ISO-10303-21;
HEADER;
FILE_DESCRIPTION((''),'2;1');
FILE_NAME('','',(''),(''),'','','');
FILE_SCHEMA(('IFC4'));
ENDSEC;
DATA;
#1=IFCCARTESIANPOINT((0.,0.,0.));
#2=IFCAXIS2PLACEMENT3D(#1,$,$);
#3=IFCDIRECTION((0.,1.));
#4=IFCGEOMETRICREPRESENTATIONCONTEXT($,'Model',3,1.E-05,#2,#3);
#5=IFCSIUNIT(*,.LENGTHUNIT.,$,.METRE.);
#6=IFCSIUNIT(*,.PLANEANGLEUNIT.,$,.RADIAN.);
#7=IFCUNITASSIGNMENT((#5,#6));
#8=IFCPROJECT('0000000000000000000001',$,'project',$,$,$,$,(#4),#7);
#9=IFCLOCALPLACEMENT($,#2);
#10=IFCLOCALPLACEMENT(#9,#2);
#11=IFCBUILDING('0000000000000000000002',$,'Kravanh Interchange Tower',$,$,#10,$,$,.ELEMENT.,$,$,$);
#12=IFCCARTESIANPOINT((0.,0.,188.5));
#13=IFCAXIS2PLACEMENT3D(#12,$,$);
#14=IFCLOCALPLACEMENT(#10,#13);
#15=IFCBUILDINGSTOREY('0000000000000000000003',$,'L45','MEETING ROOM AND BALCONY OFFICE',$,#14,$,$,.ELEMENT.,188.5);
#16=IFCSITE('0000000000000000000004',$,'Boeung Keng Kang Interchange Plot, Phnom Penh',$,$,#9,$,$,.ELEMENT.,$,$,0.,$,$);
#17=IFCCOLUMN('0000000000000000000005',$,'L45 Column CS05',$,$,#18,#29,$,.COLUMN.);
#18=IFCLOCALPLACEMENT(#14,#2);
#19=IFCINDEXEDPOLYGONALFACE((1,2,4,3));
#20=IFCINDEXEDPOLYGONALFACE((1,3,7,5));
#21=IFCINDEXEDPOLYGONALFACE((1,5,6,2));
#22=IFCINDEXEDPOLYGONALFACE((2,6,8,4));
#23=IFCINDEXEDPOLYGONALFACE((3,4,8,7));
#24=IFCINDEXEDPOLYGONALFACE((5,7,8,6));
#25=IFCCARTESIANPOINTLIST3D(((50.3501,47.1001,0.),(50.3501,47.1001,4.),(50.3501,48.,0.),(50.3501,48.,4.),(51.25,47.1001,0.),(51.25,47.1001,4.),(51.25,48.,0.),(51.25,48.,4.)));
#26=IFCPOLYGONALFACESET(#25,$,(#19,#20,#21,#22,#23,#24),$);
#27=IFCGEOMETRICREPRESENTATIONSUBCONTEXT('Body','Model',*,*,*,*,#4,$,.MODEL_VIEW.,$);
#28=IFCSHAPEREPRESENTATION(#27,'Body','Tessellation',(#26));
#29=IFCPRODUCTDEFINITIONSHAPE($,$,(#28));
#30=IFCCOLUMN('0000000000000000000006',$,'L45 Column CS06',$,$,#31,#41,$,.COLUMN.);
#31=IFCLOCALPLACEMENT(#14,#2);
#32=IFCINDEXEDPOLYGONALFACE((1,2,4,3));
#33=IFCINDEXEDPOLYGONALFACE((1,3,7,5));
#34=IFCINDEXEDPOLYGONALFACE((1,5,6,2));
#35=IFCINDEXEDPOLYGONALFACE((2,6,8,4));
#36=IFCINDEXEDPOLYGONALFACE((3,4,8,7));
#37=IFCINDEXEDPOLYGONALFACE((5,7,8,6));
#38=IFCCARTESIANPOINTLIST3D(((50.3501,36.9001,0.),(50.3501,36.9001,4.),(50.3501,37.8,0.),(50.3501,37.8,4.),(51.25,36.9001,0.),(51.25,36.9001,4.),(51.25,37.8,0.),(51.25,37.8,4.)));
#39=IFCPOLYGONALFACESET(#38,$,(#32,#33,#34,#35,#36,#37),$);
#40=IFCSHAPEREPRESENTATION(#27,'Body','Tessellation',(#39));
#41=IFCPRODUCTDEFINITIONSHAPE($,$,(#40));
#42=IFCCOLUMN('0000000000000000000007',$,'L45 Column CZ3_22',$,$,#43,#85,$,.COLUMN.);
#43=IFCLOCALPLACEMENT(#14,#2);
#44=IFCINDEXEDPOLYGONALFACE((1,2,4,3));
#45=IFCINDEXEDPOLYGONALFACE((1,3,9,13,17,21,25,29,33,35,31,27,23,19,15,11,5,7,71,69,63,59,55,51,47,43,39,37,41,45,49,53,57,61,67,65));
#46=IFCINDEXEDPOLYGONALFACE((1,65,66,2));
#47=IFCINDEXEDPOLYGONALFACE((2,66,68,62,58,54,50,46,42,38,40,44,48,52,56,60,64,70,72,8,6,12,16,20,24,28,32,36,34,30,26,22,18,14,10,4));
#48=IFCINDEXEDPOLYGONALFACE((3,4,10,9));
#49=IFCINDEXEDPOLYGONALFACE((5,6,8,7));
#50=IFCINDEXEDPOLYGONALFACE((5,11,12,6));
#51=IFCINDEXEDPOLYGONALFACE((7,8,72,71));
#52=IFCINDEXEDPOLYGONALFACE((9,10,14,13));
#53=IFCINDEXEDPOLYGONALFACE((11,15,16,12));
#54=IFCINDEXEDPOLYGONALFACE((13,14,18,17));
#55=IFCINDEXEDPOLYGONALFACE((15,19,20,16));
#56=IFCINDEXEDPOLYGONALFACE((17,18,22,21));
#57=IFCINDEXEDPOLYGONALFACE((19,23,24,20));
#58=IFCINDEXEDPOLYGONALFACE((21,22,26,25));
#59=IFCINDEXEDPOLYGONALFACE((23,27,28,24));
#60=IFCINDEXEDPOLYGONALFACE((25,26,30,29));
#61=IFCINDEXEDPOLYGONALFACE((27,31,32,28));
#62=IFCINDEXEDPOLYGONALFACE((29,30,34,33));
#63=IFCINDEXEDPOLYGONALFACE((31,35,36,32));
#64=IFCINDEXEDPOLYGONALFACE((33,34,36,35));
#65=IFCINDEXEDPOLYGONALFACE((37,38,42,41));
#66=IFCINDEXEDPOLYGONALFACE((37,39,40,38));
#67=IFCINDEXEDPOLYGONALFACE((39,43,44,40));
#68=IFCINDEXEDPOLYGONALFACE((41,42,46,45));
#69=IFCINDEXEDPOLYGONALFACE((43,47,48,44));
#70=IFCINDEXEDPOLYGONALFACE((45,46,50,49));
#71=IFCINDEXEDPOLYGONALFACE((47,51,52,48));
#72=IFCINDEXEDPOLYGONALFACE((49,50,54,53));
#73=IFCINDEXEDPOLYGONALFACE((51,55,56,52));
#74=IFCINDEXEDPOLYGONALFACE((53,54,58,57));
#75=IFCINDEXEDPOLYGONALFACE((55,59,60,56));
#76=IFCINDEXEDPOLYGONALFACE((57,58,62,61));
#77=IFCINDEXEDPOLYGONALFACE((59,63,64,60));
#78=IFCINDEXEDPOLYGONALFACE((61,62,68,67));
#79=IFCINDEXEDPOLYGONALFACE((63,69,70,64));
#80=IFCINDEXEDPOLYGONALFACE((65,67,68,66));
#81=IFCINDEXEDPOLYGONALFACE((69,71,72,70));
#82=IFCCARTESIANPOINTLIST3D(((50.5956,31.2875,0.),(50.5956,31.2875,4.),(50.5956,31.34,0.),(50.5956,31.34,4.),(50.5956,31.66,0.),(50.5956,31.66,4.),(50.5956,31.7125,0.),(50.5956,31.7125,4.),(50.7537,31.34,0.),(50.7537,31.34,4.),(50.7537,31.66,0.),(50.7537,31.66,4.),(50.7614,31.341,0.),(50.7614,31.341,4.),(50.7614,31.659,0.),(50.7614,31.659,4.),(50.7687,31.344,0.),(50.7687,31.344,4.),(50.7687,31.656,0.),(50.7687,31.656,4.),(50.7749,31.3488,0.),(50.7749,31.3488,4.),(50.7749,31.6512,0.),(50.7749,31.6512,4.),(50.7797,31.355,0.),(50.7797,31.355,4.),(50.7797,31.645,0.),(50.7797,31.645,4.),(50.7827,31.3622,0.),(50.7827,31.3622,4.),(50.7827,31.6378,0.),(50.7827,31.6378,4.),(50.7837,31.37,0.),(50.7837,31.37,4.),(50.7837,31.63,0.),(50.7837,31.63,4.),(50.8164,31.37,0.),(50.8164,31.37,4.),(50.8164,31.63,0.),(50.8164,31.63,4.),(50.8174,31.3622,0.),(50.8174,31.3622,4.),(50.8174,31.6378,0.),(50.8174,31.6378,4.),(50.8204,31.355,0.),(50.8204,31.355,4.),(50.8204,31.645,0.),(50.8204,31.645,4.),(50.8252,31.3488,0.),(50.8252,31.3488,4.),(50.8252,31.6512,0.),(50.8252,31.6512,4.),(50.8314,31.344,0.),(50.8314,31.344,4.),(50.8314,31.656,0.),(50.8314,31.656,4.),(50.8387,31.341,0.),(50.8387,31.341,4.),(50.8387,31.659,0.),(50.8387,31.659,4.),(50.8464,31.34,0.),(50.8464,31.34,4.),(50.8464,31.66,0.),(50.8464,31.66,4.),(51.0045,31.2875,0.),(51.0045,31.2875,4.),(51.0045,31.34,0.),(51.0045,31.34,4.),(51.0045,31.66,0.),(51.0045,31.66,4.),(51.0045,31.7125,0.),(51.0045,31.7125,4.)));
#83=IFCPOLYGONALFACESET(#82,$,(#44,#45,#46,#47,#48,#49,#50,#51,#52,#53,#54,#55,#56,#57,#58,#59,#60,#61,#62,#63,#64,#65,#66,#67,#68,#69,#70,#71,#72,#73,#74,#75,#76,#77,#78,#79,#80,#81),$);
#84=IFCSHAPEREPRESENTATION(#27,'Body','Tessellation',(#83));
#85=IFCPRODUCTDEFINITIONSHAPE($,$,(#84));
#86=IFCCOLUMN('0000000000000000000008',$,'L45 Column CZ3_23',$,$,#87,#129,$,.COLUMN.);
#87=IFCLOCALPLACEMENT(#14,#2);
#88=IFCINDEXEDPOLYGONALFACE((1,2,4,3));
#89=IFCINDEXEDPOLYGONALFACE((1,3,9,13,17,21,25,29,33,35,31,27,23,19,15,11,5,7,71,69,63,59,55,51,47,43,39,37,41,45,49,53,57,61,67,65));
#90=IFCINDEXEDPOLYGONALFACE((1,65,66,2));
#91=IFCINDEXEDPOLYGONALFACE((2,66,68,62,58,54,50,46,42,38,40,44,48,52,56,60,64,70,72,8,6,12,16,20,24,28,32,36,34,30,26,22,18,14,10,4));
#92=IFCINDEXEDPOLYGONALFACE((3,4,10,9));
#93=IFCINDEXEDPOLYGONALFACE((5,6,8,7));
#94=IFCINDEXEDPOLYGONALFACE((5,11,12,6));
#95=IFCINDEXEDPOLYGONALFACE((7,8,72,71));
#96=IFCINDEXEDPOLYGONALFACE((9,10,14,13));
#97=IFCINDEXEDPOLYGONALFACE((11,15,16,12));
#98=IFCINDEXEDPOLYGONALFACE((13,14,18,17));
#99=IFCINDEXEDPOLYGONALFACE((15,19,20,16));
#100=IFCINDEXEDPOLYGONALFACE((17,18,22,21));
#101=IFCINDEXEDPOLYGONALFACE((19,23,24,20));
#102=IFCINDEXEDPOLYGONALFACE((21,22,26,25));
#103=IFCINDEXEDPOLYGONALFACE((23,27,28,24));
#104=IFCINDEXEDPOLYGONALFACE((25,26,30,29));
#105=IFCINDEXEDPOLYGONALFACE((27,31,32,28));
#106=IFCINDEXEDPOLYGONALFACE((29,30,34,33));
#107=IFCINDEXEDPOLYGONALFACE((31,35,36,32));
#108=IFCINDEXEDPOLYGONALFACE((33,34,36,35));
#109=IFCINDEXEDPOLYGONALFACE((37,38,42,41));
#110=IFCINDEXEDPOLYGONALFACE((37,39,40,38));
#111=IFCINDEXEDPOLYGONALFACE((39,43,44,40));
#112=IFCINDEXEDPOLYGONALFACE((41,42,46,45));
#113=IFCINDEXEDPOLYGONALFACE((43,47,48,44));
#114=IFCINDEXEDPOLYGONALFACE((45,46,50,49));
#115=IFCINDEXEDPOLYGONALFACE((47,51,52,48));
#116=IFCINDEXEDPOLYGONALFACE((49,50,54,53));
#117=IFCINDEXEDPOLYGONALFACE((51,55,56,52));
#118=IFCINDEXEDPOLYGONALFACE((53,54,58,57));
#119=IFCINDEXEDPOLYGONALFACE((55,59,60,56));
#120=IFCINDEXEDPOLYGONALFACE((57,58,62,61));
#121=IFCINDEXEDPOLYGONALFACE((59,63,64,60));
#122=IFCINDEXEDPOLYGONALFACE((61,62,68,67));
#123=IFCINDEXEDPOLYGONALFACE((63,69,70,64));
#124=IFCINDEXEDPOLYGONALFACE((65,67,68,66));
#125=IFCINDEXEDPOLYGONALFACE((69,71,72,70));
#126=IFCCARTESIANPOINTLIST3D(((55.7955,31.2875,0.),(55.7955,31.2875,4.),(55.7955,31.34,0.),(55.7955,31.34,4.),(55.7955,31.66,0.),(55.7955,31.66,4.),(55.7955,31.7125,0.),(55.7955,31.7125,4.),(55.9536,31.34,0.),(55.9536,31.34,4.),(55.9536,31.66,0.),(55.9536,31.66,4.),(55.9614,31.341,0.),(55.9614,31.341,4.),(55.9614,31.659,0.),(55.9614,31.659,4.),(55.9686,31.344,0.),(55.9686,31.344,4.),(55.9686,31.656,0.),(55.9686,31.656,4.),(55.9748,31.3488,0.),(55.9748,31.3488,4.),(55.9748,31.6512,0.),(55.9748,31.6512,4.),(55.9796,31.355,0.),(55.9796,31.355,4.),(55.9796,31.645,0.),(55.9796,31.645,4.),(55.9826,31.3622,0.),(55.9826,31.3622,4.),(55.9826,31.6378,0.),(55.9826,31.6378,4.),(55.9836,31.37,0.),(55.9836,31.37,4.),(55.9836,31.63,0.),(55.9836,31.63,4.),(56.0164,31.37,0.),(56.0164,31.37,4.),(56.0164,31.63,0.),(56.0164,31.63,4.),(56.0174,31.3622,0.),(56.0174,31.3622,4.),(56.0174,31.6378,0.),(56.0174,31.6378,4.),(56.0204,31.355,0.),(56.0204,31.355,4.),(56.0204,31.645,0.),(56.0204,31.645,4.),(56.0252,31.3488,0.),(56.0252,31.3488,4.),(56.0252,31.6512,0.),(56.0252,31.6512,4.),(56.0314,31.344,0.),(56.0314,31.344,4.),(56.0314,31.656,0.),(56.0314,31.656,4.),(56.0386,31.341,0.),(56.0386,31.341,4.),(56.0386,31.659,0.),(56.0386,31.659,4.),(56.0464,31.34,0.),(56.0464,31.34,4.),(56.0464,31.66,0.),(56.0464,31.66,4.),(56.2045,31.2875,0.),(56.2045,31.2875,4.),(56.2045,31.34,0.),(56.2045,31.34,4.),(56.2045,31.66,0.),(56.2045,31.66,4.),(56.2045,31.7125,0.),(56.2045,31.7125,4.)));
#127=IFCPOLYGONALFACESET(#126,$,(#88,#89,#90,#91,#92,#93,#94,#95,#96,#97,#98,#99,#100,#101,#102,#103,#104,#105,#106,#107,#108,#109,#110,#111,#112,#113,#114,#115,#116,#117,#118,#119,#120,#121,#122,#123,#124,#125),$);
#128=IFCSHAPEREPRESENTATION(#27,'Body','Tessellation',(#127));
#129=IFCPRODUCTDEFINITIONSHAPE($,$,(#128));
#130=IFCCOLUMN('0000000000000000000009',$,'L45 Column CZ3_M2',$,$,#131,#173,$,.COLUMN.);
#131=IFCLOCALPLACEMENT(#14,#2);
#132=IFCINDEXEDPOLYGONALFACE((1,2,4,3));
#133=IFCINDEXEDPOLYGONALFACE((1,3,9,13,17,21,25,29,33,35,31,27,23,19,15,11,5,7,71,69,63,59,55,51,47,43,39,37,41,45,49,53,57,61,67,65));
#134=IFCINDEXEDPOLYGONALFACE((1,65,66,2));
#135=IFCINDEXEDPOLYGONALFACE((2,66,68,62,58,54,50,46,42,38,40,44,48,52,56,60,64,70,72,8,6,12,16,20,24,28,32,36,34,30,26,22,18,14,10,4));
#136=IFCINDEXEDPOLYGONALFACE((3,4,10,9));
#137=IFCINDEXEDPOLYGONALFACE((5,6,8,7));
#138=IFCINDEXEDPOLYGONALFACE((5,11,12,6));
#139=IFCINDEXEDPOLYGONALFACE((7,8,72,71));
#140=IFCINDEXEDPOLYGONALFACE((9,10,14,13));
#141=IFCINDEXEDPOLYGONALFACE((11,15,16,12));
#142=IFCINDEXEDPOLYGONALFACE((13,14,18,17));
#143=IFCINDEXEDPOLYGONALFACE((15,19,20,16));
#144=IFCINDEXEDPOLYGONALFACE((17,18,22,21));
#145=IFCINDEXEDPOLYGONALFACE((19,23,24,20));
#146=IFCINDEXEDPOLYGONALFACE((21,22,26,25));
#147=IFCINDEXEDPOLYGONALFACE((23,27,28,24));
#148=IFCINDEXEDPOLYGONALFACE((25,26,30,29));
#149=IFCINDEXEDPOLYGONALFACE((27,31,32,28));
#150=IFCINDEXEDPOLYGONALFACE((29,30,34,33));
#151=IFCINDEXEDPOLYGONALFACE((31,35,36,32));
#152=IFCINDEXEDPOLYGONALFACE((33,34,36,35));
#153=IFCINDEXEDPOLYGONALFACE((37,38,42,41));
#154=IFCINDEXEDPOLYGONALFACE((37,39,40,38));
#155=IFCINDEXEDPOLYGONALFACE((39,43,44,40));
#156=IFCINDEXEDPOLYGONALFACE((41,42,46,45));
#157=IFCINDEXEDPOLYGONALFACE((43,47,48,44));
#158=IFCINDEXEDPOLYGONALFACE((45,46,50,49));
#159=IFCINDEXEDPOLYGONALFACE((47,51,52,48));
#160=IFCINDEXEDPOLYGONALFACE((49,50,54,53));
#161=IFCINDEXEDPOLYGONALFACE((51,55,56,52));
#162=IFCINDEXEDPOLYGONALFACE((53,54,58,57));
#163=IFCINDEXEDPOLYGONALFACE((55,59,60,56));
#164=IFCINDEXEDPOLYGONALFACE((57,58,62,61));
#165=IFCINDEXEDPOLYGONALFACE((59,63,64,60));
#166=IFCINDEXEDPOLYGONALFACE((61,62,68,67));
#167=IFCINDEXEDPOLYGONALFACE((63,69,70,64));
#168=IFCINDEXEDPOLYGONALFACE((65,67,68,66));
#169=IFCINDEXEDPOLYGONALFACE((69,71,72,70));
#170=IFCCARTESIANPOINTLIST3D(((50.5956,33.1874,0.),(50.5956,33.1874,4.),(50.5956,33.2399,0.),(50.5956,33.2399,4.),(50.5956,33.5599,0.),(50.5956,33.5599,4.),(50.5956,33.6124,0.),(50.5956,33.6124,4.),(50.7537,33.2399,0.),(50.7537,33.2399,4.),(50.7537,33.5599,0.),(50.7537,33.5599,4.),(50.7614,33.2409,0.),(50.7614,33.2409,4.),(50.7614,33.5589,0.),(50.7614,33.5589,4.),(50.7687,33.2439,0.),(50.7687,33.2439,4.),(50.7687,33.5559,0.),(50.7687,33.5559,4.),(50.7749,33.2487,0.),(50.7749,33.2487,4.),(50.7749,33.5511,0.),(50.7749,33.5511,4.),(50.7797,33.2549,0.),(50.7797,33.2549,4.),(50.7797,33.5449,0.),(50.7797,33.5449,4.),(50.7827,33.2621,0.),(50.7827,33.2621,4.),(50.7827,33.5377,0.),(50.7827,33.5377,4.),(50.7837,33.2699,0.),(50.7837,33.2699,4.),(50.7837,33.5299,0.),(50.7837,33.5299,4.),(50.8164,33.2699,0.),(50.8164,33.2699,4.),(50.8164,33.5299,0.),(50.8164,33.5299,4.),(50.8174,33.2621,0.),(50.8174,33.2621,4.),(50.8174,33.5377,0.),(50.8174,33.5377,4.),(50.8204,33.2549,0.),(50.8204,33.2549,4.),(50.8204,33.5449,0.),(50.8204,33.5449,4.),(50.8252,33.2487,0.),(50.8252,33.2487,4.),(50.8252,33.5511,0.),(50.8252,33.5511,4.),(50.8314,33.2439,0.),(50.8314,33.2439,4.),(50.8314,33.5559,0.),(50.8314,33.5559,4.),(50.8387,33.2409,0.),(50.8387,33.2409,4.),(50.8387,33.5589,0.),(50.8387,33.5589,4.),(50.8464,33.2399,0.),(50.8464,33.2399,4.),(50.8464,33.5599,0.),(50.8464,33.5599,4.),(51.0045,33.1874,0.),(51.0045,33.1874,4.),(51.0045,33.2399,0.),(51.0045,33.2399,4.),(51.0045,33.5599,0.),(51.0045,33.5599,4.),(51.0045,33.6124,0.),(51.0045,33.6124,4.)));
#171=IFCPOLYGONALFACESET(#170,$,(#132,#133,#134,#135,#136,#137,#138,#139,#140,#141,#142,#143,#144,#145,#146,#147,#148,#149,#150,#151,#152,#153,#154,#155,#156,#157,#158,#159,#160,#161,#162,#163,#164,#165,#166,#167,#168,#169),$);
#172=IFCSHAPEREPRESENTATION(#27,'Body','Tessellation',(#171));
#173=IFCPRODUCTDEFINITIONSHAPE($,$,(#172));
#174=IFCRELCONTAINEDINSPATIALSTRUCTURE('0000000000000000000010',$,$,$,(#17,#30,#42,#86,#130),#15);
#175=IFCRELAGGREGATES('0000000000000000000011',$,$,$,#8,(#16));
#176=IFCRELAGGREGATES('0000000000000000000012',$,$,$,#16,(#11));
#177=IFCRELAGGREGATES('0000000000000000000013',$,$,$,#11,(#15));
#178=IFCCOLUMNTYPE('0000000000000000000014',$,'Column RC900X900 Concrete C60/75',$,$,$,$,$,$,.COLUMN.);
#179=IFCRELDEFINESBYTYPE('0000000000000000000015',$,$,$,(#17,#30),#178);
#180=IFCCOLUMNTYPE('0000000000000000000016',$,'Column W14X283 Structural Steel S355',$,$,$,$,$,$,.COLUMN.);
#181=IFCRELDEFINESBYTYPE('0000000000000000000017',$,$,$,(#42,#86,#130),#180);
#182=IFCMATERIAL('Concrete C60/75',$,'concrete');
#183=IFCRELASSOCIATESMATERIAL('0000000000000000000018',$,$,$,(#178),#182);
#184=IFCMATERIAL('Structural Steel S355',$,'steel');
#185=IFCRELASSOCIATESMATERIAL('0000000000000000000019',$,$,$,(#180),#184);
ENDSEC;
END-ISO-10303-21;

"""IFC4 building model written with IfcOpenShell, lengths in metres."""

from ifc_helpers import new_model, si_unit, direction, frame, origin, origin_2d, place, context, subcontext, project, spatial, rectangle, i_section, extrude, material, material_profile, profile_set, type_object, element, save


model = new_model("IFC4")

# Units and contexts
model_context = context("Model", 3, precision=1e-05, world=origin(), true_north=direction((0.0, 1.0)))
body_context = subcontext(model_context, "Body", "Model", "MODEL_VIEW")
ifc_project = project(units=[si_unit("LENGTHUNIT", "METRE"), si_unit("PLANEANGLEUNIT", "RADIAN")], contexts=[model_context])

# Site, building, storey
site_placement = place(None, origin())
site = spatial("IfcSite", under=ifc_project, at=site_placement, Name="Boeung Keng Kang Interchange Plot, Phnom Penh", CompositionType="ELEMENT", RefElevation=0.0)
building_placement = place(site_placement, origin())
building = spatial("IfcBuilding", under=site, at=building_placement, Name="Kravanh Interchange Tower", CompositionType="ELEMENT")
storey_placement = place(building_placement, frame((0.0, 0.0, 188.5)))
storey = spatial("IfcBuildingStorey", under=building, at=storey_placement, Name="L45", Description="MEETING ROOM AND BALCONY OFFICE", CompositionType="ELEMENT", Elevation=188.5)

# Columns
ifc_material_1 = material(Name="Concrete C60/75", Category="concrete")
ifc_material_profile_1 = material_profile(ifc_material_1, rectangle(XDim=0.8999, YDim=0.8999, at=origin_2d()), Name="RC900X900")
ifc_profile_set_1 = profile_set([ifc_material_profile_1], Name="Concrete C60/75")
column_type_1 = type_object("IfcColumnType", Name="Column RC900X900 Concrete C60/75", PredefinedType="COLUMN", material=ifc_profile_set_1)
for number, where, z_axis, x_axis, name in (
    (1, (50.8, 47.55, 0.0), (0.0, 0.0, 1.0), (1.0, 0.0, 0.0), "L45 Column CS05"),
    (2, (50.8, 37.3501, 0.0), (0.0, 0.0, 1.0), (1.0, 0.0, 0.0), "L45 Column CS06"),
):
    element("IfcColumn", number, at=place(storey_placement, frame(where, z_axis=z_axis, x_axis=x_axis)), inside=storey, type_object=column_type_1, Name=name, PredefinedType="COLUMN", context=body_context, shape_type="SweptSolid", body=[
        extrude(rectangle(XDim=0.8999, YDim=0.8999, at=origin_2d()), origin(), (0.0, 0.0, 1.0), 4.0),
    ])
ifc_material_2 = material(Name="Structural Steel S355", Category="steel")
ifc_material_profile_2 = material_profile(ifc_material_2, i_section(OverallWidth=0.4089, OverallDepth=0.425, WebThickness=0.0327, FlangeThickness=0.0525, FilletRadius=0.03, at=origin_2d()), Name="W14X283")
ifc_profile_set_2 = profile_set([ifc_material_profile_2], Name="Structural Steel S355")
column_type_2 = type_object("IfcColumnType", Name="Column W14X283 Structural Steel S355", PredefinedType="COLUMN", material=ifc_profile_set_2)
for number, where, z_axis, x_axis, name in (
    (3, (50.8, 31.5, 0.0), (0.0, 0.0, 1.0), (1.0, 0.0, 0.0), "L45 Column CZ3_22"),
    (4, (56.0, 31.5, 0.0), (0.0, 0.0, 1.0), (1.0, 0.0, 0.0), "L45 Column CZ3_23"),
    (5, (50.8, 33.3999, 0.0), (0.0, 0.0, 1.0), (1.0, 0.0, 0.0), "L45 Column CZ3_M2"),
):
    element("IfcColumn", number, at=place(storey_placement, frame(where, z_axis=z_axis, x_axis=x_axis)), inside=storey, type_object=column_type_2, Name=name, PredefinedType="COLUMN", context=body_context, shape_type="SweptSolid", body=[
        extrude(i_section(OverallWidth=0.4089, OverallDepth=0.425, WebThickness=0.0327, FlangeThickness=0.0525, FilletRadius=0.03, at=origin_2d()), origin(), (0.0, 0.0, 1.0), 4.0),
    ])

save(model, "model.ifc")
